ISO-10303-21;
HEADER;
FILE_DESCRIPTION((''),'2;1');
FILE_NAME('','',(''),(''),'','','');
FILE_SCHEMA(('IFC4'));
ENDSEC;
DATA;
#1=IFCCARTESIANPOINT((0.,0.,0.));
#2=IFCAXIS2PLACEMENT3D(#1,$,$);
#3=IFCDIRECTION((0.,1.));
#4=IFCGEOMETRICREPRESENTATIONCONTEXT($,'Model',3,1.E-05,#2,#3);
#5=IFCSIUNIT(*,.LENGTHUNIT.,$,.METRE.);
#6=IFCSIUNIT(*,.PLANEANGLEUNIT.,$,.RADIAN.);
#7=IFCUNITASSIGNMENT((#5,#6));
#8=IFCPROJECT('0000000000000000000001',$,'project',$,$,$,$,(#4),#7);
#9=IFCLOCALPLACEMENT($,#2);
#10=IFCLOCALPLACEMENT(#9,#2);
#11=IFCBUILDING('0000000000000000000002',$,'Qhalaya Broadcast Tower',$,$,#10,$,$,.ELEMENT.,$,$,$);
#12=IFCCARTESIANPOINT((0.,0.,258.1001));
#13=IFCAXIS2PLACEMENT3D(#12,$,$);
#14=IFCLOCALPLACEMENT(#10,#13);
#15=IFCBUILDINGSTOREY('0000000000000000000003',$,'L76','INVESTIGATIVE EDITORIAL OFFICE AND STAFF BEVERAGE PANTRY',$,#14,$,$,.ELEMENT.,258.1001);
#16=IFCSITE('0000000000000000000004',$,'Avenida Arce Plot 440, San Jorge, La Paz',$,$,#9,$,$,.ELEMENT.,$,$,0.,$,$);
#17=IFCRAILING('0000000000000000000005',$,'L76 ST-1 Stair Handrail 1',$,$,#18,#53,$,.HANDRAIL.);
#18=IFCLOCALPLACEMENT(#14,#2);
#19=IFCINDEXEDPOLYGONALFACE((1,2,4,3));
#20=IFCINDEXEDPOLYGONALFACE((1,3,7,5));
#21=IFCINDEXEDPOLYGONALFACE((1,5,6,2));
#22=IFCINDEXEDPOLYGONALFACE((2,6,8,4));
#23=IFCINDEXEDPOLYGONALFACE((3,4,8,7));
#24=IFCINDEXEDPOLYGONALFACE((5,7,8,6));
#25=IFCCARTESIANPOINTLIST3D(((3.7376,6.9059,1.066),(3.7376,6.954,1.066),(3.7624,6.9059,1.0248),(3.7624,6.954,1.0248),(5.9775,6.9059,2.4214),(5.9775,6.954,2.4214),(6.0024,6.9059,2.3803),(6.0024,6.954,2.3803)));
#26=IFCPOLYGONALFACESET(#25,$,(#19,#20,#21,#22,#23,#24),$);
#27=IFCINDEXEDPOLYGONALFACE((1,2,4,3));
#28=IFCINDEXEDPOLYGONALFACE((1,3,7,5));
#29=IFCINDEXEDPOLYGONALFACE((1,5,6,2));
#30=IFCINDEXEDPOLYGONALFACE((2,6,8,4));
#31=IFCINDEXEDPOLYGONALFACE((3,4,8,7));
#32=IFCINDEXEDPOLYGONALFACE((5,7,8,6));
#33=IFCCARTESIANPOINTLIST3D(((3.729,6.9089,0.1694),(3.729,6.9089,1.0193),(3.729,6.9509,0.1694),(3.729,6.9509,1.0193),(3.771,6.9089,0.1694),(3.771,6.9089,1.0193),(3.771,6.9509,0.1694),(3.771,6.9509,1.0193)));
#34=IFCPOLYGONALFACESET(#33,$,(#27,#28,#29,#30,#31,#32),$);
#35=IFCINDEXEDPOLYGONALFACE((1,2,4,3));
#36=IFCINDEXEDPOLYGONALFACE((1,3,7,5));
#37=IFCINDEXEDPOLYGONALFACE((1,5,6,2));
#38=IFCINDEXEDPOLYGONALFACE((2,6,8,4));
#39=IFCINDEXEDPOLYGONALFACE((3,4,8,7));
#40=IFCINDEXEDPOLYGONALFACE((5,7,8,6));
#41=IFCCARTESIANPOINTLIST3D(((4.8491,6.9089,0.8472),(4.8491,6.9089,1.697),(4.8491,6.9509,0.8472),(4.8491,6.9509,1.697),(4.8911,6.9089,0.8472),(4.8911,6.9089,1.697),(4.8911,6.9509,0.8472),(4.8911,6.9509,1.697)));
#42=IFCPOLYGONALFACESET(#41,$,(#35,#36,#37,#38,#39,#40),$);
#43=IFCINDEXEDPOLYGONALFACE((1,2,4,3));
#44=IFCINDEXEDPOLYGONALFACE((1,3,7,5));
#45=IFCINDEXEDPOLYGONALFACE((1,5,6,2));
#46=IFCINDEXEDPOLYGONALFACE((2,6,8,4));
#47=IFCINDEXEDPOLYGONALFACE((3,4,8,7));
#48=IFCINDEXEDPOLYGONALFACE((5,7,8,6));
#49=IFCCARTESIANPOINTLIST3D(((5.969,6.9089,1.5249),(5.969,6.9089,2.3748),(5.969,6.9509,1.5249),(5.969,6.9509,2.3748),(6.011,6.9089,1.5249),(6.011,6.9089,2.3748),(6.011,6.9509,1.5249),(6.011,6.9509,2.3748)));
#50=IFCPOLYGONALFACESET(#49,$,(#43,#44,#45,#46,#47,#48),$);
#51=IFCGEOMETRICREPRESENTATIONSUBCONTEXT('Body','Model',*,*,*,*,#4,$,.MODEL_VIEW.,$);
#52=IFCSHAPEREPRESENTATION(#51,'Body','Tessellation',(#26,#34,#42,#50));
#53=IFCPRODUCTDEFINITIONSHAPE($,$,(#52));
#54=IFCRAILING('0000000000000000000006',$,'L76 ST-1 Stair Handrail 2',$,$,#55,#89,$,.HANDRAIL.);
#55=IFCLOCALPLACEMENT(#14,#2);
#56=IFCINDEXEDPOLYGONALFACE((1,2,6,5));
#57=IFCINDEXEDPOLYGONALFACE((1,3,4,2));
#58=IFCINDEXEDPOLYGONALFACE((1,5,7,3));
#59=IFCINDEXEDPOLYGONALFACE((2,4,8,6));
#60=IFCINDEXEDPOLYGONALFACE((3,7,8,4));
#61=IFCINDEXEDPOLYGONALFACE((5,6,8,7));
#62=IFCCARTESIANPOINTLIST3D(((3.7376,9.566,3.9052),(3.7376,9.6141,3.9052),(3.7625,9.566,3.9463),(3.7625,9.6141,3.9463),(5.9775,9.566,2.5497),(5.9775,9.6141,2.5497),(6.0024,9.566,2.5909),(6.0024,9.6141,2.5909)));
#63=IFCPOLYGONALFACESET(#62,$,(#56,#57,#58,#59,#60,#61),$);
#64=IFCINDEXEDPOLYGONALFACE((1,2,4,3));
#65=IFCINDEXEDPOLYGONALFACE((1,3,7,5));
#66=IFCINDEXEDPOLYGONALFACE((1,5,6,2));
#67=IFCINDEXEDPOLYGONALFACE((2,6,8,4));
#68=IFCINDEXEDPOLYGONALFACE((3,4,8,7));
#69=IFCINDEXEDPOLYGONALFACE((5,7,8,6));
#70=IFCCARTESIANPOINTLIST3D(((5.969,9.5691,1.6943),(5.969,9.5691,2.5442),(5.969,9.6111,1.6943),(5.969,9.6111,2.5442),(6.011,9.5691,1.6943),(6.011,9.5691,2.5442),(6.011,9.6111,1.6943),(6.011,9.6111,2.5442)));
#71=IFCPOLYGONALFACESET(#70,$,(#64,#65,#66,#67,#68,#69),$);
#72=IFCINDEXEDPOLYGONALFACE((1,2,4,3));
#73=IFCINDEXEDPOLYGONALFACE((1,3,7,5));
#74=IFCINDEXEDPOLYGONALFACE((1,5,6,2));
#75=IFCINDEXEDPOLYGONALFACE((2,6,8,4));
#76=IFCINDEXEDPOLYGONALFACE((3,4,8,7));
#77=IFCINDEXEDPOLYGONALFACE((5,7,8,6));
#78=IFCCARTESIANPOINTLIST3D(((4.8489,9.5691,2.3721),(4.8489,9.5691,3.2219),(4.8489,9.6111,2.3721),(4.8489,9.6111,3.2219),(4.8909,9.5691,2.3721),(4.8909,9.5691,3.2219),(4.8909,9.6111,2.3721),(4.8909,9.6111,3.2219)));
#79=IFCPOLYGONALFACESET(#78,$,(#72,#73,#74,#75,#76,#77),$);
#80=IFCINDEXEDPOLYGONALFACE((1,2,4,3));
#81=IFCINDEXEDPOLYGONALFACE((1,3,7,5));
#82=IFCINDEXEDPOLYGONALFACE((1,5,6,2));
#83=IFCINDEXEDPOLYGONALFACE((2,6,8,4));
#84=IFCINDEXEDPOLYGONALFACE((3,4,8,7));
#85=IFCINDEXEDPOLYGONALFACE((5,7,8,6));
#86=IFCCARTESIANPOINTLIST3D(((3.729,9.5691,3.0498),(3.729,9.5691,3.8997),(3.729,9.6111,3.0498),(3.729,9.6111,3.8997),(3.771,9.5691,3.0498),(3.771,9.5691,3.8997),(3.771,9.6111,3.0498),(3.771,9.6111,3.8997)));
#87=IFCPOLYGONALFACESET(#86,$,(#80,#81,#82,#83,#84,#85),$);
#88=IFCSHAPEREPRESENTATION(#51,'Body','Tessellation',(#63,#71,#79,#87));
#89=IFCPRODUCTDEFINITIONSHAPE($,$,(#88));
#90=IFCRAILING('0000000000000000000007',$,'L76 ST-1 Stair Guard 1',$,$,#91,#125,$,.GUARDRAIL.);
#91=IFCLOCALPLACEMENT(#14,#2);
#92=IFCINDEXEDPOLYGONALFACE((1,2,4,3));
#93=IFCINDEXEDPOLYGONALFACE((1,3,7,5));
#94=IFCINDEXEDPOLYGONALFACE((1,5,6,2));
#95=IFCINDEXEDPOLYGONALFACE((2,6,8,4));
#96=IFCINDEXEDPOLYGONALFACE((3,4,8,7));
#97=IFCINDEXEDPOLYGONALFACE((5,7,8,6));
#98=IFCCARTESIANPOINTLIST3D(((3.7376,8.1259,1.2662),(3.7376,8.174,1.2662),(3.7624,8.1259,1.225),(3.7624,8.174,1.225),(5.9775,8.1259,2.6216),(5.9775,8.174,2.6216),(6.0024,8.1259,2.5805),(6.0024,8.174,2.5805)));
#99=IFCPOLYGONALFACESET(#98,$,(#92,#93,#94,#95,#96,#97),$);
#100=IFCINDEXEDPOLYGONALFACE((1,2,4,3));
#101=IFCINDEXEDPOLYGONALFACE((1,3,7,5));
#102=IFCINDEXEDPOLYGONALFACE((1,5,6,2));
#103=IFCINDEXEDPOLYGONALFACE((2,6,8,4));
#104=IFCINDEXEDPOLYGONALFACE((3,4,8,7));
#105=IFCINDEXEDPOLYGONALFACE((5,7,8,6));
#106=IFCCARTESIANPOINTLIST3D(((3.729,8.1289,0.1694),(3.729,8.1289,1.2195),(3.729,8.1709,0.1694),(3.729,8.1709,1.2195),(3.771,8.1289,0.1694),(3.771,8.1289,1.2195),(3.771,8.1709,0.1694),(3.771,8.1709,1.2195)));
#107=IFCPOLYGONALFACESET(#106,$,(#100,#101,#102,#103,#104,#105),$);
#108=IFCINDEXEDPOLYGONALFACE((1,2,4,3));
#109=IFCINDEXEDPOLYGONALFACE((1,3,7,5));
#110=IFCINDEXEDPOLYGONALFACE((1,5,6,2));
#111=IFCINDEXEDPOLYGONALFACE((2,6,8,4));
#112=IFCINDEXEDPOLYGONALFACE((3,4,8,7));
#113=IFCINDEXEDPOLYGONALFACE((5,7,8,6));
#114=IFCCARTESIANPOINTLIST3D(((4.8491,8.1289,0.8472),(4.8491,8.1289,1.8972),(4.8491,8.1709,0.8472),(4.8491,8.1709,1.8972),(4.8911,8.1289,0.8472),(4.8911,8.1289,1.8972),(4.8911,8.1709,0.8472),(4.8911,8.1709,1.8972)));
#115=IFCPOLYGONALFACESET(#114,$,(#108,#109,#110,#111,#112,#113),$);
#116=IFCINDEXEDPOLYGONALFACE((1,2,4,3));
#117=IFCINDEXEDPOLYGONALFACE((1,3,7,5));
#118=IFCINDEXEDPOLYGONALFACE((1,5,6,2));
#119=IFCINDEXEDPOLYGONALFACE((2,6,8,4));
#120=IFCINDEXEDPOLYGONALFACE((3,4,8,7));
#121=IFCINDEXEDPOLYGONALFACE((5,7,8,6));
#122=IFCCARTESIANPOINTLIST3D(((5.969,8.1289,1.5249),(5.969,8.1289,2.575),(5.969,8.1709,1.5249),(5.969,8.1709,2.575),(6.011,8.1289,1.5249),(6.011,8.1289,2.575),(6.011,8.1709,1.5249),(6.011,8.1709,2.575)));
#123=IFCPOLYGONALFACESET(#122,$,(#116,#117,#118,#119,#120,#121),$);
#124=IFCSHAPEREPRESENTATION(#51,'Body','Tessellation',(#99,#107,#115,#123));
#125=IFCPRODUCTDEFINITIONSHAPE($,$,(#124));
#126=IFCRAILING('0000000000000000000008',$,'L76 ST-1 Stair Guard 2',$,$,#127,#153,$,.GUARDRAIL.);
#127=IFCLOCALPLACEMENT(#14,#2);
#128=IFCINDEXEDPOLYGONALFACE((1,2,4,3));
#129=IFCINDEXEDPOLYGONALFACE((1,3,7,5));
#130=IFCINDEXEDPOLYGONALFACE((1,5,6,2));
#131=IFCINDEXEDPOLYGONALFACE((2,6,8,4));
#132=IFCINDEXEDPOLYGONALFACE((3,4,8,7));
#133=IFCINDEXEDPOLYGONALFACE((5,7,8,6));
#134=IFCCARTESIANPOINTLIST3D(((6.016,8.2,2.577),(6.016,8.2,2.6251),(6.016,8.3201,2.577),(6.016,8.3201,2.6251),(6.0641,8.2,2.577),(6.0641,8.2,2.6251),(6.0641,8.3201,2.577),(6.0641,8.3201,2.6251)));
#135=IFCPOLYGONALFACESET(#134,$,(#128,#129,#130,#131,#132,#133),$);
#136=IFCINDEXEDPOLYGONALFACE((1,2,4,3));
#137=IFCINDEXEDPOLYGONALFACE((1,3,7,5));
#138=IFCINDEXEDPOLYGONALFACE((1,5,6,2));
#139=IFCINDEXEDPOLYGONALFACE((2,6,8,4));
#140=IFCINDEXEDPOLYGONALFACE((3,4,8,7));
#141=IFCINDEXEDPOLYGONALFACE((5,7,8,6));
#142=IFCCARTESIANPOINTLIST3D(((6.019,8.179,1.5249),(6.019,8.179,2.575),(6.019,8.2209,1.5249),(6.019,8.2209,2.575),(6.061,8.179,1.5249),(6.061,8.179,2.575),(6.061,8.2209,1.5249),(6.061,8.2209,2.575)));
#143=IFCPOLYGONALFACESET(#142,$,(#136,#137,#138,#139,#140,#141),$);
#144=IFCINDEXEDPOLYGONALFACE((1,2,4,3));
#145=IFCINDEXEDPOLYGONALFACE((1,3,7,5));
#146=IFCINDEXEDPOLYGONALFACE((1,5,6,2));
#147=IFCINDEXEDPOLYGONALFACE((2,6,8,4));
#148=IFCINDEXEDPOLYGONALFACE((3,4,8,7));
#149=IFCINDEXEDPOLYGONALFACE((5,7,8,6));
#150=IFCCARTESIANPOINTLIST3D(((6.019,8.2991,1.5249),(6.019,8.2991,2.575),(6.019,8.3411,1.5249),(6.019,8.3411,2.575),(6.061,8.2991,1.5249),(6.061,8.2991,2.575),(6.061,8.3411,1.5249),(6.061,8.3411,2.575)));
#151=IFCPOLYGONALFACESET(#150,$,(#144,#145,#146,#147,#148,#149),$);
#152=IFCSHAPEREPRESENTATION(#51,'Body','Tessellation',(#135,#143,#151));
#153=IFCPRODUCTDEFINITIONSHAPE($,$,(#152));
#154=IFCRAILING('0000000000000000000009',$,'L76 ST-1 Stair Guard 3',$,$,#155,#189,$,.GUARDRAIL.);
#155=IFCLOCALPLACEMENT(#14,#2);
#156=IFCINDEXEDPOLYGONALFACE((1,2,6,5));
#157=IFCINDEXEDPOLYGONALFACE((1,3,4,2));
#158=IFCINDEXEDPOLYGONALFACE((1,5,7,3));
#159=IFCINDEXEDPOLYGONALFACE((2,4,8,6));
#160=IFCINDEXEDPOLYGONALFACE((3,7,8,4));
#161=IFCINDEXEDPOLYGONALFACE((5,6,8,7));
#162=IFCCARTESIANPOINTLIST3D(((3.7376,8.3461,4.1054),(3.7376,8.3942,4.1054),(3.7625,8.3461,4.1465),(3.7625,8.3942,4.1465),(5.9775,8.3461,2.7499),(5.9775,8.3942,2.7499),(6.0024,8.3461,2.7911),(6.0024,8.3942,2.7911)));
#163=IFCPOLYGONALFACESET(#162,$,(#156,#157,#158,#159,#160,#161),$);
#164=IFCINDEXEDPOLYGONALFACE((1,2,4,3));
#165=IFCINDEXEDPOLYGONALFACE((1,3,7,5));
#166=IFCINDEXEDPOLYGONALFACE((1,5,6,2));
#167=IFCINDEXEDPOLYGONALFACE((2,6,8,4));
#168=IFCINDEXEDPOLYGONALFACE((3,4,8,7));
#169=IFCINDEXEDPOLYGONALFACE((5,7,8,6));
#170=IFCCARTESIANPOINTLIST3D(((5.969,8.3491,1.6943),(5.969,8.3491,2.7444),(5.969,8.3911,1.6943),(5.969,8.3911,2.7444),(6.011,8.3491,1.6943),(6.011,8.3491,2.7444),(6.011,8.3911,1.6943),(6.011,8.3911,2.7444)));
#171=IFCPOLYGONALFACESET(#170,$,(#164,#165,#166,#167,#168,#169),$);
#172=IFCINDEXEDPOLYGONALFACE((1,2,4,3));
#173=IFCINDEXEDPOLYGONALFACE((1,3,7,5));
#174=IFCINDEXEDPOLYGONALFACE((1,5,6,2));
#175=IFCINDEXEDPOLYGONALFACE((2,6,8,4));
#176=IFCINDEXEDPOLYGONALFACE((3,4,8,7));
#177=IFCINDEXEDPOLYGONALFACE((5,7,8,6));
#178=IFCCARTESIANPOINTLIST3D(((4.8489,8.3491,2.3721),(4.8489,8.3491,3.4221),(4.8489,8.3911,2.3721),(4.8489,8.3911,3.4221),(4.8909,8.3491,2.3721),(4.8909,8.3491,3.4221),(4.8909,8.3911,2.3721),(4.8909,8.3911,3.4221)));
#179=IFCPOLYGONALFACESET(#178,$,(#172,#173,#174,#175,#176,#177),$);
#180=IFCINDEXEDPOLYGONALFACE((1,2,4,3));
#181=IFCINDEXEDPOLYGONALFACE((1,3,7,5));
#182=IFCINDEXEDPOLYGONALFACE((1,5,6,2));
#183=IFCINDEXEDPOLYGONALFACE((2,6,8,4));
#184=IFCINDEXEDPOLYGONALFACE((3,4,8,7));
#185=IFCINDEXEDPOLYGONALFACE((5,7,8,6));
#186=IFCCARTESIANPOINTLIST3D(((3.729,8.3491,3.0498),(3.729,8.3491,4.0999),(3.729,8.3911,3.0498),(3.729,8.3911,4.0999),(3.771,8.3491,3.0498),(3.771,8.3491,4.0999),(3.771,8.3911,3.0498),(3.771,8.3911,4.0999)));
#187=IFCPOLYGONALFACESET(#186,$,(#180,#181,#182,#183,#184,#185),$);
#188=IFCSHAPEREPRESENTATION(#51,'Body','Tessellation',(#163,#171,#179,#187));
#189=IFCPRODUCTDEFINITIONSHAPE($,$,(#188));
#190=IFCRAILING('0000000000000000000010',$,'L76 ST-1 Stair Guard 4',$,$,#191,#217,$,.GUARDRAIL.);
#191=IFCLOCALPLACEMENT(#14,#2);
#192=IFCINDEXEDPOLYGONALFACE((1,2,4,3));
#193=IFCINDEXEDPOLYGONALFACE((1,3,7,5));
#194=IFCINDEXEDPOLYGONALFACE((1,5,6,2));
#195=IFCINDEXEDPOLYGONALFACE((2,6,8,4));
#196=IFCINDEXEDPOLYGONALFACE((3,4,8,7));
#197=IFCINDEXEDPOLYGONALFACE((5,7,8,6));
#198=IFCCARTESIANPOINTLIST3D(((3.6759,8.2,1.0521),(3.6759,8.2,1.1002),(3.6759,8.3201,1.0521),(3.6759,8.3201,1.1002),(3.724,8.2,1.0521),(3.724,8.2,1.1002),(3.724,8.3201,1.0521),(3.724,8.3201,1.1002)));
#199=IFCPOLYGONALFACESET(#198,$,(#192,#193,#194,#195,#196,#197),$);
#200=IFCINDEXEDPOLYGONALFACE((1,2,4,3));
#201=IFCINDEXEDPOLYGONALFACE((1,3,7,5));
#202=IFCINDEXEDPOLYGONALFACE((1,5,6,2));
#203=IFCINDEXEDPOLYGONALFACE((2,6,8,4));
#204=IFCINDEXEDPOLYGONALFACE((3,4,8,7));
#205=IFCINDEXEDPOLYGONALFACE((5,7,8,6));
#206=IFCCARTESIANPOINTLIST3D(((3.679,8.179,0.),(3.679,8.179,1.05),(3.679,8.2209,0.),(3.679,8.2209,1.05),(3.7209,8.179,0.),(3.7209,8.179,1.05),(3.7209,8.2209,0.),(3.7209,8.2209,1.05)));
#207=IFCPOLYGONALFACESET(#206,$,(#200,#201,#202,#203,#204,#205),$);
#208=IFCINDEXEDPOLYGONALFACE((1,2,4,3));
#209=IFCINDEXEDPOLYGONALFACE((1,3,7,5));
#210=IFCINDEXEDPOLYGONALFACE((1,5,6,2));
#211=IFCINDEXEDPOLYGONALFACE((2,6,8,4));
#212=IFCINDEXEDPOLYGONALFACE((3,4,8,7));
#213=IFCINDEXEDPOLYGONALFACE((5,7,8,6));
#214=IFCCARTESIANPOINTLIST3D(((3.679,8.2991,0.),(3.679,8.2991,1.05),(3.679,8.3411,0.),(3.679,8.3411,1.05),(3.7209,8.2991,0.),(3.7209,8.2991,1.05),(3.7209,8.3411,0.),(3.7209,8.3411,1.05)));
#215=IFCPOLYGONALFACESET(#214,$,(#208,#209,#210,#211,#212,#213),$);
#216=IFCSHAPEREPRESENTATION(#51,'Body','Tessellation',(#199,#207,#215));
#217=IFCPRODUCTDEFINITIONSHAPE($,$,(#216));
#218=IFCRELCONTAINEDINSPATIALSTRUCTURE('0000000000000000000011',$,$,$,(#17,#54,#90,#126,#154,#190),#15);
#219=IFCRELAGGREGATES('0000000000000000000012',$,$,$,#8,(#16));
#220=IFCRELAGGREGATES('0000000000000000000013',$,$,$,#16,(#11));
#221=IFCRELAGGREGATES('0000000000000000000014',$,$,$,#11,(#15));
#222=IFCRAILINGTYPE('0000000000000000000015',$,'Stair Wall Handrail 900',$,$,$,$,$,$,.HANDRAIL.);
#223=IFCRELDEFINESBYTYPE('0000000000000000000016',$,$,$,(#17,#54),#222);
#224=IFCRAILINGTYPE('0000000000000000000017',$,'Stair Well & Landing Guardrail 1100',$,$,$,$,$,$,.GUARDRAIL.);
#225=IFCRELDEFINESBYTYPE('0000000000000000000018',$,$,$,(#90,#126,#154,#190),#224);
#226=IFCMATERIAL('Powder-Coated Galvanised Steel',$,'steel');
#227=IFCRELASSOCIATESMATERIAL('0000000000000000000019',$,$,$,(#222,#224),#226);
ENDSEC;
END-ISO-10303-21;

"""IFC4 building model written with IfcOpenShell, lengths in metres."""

from ifc_helpers import new_model, si_unit, direction, frame, origin, origin_2d, place, context, subcontext, project, spatial, rectangle, extrude, material, type_object, element, save


model = new_model("IFC4")

# Units and contexts
model_context = context("Model", 3, precision=1e-05, world=origin(), true_north=direction((0.0, 1.0)))
body_context = subcontext(model_context, "Body", "Model", "MODEL_VIEW")
ifc_project = project(units=[si_unit("LENGTHUNIT", "METRE"), si_unit("PLANEANGLEUNIT", "RADIAN")], contexts=[model_context])

# Site, building, storey
site_placement = place(None, origin())
site = spatial("IfcSite", under=ifc_project, at=site_placement, Name="Avenida Arce Plot 440, San Jorge, La Paz", CompositionType="ELEMENT", RefElevation=0.0)
building_placement = place(site_placement, origin())
building = spatial("IfcBuilding", under=site, at=building_placement, Name="Qhalaya Broadcast Tower", CompositionType="ELEMENT")
storey_placement = place(building_placement, frame((0.0, 0.0, 258.1001)))
storey = spatial("IfcBuildingStorey", under=building, at=storey_placement, Name="L76", Description="INVESTIGATIVE EDITORIAL OFFICE AND STAFF BEVERAGE PANTRY", CompositionType="ELEMENT", Elevation=258.1001)

# Railings
ifc_material_1 = material(Name="Powder-Coated Galvanised Steel", Category="steel")
railing_type_1 = type_object("IfcRailingType", Name="Stair Wall Handrail 900", PredefinedType="HANDRAIL", material=ifc_material_1)
railing_1_placement = place(storey_placement, frame((3.75, 6.9299, 0.1694)))
element("IfcRailing", 1, at=railing_1_placement, inside=storey, type_object=railing_type_1, Name="L76 ST-1 Stair Handrail 1", PredefinedType="HANDRAIL", context=body_context, shape_type="SweptSolid", body=[
    extrude(rectangle(XDim=0.0481, YDim=0.0481, at=origin_2d()), frame((0.0, 0.0, 0.876), z_axis=(0.855553, 0.0, 0.517715), x_axis=(0.0, 1.0, 0.0)), (0.0, 0.0, 1.0), 2.6182),
    extrude(rectangle(XDim=0.042, YDim=0.042, at=origin_2d()), origin(), (0.0, 0.0, 1.0), 0.8499),
    extrude(rectangle(XDim=0.042, YDim=0.042, at=origin_2d()), frame((1.1201, 0.0, 0.6777)), (0.0, 0.0, 1.0), 0.8499),
    extrude(rectangle(XDim=0.042, YDim=0.042, at=origin_2d()), frame((2.24, 0.0, 1.3555)), (0.0, 0.0, 1.0), 0.8499),
])
railing_2_placement = place(storey_placement, frame((5.99, 9.5901, 1.6943)))
element("IfcRailing", 2, at=railing_2_placement, inside=storey, type_object=railing_type_1, Name="L76 ST-1 Stair Handrail 2", PredefinedType="HANDRAIL", context=body_context, shape_type="SweptSolid", body=[
    extrude(rectangle(XDim=0.0481, YDim=0.0481, at=origin_2d()), frame((0.0, 0.0, 0.876), z_axis=(-0.855553, 0.0, 0.517715), x_axis=(0.0, -1.0, 0.0)), (0.0, 0.0, 1.0), 2.6182),
    extrude(rectangle(XDim=0.042, YDim=0.042, at=origin_2d()), origin(), (0.0, 0.0, 1.0), 0.8499),
    extrude(rectangle(XDim=0.042, YDim=0.042, at=origin_2d()), frame((-1.1201, 0.0, 0.6777)), (0.0, 0.0, 1.0), 0.8499),
    extrude(rectangle(XDim=0.042, YDim=0.042, at=origin_2d()), frame((-2.24, 0.0, 1.3555)), (0.0, 0.0, 1.0), 0.8499),
])
railing_type_2 = type_object("IfcRailingType", Name="Stair Well & Landing Guardrail 1100", PredefinedType="GUARDRAIL", material=ifc_material_1)
railing_3_placement = place(storey_placement, frame((3.75, 8.1499, 0.1694)))
element("IfcRailing", 3, at=railing_3_placement, inside=storey, type_object=railing_type_2, Name="L76 ST-1 Stair Guard 1", PredefinedType="GUARDRAIL", context=body_context, shape_type="SweptSolid", body=[
    extrude(rectangle(XDim=0.0481, YDim=0.0481, at=origin_2d()), frame((0.0, 0.0, 1.0762), z_axis=(0.855553, 0.0, 0.517715), x_axis=(0.0, 1.0, 0.0)), (0.0, 0.0, 1.0), 2.6182),
    extrude(rectangle(XDim=0.042, YDim=0.042, at=origin_2d()), origin(), (0.0, 0.0, 1.0), 1.05),
    extrude(rectangle(XDim=0.042, YDim=0.042, at=origin_2d()), frame((1.1201, 0.0, 0.6777)), (0.0, 0.0, 1.0), 1.05),
    extrude(rectangle(XDim=0.042, YDim=0.042, at=origin_2d()), frame((2.24, 0.0, 1.3555)), (0.0, 0.0, 1.0), 1.05),
])
railing_4_placement = place(storey_placement, frame((6.04, 8.2, 1.5249)))
element("IfcRailing", 4, at=railing_4_placement, inside=storey, type_object=railing_type_2, Name="L76 ST-1 Stair Guard 2", PredefinedType="GUARDRAIL", context=body_context, shape_type="SweptSolid", body=[
    extrude(rectangle(XDim=0.0481, YDim=0.0481, at=origin_2d()), frame((0.0, 0.0, 1.0762), z_axis=(0.0, 1.0, 0.0), x_axis=(-1.0, 0.0, 0.0)), (0.0, 0.0, 1.0), 0.1201),
    extrude(rectangle(XDim=0.042, YDim=0.042, at=origin_2d()), origin(), (0.0, 0.0, 1.0), 1.05),
    extrude(rectangle(XDim=0.042, YDim=0.042, at=origin_2d()), frame((0.0, 0.1201, 0.0)), (0.0, 0.0, 1.0), 1.05),
])
railing_5_placement = place(storey_placement, frame((5.99, 8.3701, 1.6943)))
element("IfcRailing", 5, at=railing_5_placement, inside=storey, type_object=railing_type_2, Name="L76 ST-1 Stair Guard 3", PredefinedType="GUARDRAIL", context=body_context, shape_type="SweptSolid", body=[
    extrude(rectangle(XDim=0.0481, YDim=0.0481, at=origin_2d()), frame((0.0, 0.0, 1.0762), z_axis=(-0.855553, 0.0, 0.517715), x_axis=(0.0, -1.0, 0.0)), (0.0, 0.0, 1.0), 2.6182),
    extrude(rectangle(XDim=0.042, YDim=0.042, at=origin_2d()), origin(), (0.0, 0.0, 1.0), 1.05),
    extrude(rectangle(XDim=0.042, YDim=0.042, at=origin_2d()), frame((-1.1201, 0.0, 0.6777)), (0.0, 0.0, 1.0), 1.05),
    extrude(rectangle(XDim=0.042, YDim=0.042, at=origin_2d()), frame((-2.24, 0.0, 1.3555)), (0.0, 0.0, 1.0), 1.05),
])
railing_6_placement = place(storey_placement, frame((3.7, 8.2, 0.0)))
element("IfcRailing", 6, at=railing_6_placement, inside=storey, type_object=railing_type_2, Name="L76 ST-1 Stair Guard 4", PredefinedType="GUARDRAIL", context=body_context, shape_type="SweptSolid", body=[
    extrude(rectangle(XDim=0.0481, YDim=0.0481, at=origin_2d()), frame((0.0, 0.0, 1.0762), z_axis=(0.0, 1.0, 0.0), x_axis=(-1.0, 0.0, 0.0)), (0.0, 0.0, 1.0), 0.1201),
    extrude(rectangle(XDim=0.042, YDim=0.042, at=origin_2d()), origin(), (0.0, 0.0, 1.0), 1.05),
    extrude(rectangle(XDim=0.042, YDim=0.042, at=origin_2d()), frame((0.0, 0.1201, 0.0)), (0.0, 0.0, 1.0), 1.05),
])

save(model, "model.ifc")
